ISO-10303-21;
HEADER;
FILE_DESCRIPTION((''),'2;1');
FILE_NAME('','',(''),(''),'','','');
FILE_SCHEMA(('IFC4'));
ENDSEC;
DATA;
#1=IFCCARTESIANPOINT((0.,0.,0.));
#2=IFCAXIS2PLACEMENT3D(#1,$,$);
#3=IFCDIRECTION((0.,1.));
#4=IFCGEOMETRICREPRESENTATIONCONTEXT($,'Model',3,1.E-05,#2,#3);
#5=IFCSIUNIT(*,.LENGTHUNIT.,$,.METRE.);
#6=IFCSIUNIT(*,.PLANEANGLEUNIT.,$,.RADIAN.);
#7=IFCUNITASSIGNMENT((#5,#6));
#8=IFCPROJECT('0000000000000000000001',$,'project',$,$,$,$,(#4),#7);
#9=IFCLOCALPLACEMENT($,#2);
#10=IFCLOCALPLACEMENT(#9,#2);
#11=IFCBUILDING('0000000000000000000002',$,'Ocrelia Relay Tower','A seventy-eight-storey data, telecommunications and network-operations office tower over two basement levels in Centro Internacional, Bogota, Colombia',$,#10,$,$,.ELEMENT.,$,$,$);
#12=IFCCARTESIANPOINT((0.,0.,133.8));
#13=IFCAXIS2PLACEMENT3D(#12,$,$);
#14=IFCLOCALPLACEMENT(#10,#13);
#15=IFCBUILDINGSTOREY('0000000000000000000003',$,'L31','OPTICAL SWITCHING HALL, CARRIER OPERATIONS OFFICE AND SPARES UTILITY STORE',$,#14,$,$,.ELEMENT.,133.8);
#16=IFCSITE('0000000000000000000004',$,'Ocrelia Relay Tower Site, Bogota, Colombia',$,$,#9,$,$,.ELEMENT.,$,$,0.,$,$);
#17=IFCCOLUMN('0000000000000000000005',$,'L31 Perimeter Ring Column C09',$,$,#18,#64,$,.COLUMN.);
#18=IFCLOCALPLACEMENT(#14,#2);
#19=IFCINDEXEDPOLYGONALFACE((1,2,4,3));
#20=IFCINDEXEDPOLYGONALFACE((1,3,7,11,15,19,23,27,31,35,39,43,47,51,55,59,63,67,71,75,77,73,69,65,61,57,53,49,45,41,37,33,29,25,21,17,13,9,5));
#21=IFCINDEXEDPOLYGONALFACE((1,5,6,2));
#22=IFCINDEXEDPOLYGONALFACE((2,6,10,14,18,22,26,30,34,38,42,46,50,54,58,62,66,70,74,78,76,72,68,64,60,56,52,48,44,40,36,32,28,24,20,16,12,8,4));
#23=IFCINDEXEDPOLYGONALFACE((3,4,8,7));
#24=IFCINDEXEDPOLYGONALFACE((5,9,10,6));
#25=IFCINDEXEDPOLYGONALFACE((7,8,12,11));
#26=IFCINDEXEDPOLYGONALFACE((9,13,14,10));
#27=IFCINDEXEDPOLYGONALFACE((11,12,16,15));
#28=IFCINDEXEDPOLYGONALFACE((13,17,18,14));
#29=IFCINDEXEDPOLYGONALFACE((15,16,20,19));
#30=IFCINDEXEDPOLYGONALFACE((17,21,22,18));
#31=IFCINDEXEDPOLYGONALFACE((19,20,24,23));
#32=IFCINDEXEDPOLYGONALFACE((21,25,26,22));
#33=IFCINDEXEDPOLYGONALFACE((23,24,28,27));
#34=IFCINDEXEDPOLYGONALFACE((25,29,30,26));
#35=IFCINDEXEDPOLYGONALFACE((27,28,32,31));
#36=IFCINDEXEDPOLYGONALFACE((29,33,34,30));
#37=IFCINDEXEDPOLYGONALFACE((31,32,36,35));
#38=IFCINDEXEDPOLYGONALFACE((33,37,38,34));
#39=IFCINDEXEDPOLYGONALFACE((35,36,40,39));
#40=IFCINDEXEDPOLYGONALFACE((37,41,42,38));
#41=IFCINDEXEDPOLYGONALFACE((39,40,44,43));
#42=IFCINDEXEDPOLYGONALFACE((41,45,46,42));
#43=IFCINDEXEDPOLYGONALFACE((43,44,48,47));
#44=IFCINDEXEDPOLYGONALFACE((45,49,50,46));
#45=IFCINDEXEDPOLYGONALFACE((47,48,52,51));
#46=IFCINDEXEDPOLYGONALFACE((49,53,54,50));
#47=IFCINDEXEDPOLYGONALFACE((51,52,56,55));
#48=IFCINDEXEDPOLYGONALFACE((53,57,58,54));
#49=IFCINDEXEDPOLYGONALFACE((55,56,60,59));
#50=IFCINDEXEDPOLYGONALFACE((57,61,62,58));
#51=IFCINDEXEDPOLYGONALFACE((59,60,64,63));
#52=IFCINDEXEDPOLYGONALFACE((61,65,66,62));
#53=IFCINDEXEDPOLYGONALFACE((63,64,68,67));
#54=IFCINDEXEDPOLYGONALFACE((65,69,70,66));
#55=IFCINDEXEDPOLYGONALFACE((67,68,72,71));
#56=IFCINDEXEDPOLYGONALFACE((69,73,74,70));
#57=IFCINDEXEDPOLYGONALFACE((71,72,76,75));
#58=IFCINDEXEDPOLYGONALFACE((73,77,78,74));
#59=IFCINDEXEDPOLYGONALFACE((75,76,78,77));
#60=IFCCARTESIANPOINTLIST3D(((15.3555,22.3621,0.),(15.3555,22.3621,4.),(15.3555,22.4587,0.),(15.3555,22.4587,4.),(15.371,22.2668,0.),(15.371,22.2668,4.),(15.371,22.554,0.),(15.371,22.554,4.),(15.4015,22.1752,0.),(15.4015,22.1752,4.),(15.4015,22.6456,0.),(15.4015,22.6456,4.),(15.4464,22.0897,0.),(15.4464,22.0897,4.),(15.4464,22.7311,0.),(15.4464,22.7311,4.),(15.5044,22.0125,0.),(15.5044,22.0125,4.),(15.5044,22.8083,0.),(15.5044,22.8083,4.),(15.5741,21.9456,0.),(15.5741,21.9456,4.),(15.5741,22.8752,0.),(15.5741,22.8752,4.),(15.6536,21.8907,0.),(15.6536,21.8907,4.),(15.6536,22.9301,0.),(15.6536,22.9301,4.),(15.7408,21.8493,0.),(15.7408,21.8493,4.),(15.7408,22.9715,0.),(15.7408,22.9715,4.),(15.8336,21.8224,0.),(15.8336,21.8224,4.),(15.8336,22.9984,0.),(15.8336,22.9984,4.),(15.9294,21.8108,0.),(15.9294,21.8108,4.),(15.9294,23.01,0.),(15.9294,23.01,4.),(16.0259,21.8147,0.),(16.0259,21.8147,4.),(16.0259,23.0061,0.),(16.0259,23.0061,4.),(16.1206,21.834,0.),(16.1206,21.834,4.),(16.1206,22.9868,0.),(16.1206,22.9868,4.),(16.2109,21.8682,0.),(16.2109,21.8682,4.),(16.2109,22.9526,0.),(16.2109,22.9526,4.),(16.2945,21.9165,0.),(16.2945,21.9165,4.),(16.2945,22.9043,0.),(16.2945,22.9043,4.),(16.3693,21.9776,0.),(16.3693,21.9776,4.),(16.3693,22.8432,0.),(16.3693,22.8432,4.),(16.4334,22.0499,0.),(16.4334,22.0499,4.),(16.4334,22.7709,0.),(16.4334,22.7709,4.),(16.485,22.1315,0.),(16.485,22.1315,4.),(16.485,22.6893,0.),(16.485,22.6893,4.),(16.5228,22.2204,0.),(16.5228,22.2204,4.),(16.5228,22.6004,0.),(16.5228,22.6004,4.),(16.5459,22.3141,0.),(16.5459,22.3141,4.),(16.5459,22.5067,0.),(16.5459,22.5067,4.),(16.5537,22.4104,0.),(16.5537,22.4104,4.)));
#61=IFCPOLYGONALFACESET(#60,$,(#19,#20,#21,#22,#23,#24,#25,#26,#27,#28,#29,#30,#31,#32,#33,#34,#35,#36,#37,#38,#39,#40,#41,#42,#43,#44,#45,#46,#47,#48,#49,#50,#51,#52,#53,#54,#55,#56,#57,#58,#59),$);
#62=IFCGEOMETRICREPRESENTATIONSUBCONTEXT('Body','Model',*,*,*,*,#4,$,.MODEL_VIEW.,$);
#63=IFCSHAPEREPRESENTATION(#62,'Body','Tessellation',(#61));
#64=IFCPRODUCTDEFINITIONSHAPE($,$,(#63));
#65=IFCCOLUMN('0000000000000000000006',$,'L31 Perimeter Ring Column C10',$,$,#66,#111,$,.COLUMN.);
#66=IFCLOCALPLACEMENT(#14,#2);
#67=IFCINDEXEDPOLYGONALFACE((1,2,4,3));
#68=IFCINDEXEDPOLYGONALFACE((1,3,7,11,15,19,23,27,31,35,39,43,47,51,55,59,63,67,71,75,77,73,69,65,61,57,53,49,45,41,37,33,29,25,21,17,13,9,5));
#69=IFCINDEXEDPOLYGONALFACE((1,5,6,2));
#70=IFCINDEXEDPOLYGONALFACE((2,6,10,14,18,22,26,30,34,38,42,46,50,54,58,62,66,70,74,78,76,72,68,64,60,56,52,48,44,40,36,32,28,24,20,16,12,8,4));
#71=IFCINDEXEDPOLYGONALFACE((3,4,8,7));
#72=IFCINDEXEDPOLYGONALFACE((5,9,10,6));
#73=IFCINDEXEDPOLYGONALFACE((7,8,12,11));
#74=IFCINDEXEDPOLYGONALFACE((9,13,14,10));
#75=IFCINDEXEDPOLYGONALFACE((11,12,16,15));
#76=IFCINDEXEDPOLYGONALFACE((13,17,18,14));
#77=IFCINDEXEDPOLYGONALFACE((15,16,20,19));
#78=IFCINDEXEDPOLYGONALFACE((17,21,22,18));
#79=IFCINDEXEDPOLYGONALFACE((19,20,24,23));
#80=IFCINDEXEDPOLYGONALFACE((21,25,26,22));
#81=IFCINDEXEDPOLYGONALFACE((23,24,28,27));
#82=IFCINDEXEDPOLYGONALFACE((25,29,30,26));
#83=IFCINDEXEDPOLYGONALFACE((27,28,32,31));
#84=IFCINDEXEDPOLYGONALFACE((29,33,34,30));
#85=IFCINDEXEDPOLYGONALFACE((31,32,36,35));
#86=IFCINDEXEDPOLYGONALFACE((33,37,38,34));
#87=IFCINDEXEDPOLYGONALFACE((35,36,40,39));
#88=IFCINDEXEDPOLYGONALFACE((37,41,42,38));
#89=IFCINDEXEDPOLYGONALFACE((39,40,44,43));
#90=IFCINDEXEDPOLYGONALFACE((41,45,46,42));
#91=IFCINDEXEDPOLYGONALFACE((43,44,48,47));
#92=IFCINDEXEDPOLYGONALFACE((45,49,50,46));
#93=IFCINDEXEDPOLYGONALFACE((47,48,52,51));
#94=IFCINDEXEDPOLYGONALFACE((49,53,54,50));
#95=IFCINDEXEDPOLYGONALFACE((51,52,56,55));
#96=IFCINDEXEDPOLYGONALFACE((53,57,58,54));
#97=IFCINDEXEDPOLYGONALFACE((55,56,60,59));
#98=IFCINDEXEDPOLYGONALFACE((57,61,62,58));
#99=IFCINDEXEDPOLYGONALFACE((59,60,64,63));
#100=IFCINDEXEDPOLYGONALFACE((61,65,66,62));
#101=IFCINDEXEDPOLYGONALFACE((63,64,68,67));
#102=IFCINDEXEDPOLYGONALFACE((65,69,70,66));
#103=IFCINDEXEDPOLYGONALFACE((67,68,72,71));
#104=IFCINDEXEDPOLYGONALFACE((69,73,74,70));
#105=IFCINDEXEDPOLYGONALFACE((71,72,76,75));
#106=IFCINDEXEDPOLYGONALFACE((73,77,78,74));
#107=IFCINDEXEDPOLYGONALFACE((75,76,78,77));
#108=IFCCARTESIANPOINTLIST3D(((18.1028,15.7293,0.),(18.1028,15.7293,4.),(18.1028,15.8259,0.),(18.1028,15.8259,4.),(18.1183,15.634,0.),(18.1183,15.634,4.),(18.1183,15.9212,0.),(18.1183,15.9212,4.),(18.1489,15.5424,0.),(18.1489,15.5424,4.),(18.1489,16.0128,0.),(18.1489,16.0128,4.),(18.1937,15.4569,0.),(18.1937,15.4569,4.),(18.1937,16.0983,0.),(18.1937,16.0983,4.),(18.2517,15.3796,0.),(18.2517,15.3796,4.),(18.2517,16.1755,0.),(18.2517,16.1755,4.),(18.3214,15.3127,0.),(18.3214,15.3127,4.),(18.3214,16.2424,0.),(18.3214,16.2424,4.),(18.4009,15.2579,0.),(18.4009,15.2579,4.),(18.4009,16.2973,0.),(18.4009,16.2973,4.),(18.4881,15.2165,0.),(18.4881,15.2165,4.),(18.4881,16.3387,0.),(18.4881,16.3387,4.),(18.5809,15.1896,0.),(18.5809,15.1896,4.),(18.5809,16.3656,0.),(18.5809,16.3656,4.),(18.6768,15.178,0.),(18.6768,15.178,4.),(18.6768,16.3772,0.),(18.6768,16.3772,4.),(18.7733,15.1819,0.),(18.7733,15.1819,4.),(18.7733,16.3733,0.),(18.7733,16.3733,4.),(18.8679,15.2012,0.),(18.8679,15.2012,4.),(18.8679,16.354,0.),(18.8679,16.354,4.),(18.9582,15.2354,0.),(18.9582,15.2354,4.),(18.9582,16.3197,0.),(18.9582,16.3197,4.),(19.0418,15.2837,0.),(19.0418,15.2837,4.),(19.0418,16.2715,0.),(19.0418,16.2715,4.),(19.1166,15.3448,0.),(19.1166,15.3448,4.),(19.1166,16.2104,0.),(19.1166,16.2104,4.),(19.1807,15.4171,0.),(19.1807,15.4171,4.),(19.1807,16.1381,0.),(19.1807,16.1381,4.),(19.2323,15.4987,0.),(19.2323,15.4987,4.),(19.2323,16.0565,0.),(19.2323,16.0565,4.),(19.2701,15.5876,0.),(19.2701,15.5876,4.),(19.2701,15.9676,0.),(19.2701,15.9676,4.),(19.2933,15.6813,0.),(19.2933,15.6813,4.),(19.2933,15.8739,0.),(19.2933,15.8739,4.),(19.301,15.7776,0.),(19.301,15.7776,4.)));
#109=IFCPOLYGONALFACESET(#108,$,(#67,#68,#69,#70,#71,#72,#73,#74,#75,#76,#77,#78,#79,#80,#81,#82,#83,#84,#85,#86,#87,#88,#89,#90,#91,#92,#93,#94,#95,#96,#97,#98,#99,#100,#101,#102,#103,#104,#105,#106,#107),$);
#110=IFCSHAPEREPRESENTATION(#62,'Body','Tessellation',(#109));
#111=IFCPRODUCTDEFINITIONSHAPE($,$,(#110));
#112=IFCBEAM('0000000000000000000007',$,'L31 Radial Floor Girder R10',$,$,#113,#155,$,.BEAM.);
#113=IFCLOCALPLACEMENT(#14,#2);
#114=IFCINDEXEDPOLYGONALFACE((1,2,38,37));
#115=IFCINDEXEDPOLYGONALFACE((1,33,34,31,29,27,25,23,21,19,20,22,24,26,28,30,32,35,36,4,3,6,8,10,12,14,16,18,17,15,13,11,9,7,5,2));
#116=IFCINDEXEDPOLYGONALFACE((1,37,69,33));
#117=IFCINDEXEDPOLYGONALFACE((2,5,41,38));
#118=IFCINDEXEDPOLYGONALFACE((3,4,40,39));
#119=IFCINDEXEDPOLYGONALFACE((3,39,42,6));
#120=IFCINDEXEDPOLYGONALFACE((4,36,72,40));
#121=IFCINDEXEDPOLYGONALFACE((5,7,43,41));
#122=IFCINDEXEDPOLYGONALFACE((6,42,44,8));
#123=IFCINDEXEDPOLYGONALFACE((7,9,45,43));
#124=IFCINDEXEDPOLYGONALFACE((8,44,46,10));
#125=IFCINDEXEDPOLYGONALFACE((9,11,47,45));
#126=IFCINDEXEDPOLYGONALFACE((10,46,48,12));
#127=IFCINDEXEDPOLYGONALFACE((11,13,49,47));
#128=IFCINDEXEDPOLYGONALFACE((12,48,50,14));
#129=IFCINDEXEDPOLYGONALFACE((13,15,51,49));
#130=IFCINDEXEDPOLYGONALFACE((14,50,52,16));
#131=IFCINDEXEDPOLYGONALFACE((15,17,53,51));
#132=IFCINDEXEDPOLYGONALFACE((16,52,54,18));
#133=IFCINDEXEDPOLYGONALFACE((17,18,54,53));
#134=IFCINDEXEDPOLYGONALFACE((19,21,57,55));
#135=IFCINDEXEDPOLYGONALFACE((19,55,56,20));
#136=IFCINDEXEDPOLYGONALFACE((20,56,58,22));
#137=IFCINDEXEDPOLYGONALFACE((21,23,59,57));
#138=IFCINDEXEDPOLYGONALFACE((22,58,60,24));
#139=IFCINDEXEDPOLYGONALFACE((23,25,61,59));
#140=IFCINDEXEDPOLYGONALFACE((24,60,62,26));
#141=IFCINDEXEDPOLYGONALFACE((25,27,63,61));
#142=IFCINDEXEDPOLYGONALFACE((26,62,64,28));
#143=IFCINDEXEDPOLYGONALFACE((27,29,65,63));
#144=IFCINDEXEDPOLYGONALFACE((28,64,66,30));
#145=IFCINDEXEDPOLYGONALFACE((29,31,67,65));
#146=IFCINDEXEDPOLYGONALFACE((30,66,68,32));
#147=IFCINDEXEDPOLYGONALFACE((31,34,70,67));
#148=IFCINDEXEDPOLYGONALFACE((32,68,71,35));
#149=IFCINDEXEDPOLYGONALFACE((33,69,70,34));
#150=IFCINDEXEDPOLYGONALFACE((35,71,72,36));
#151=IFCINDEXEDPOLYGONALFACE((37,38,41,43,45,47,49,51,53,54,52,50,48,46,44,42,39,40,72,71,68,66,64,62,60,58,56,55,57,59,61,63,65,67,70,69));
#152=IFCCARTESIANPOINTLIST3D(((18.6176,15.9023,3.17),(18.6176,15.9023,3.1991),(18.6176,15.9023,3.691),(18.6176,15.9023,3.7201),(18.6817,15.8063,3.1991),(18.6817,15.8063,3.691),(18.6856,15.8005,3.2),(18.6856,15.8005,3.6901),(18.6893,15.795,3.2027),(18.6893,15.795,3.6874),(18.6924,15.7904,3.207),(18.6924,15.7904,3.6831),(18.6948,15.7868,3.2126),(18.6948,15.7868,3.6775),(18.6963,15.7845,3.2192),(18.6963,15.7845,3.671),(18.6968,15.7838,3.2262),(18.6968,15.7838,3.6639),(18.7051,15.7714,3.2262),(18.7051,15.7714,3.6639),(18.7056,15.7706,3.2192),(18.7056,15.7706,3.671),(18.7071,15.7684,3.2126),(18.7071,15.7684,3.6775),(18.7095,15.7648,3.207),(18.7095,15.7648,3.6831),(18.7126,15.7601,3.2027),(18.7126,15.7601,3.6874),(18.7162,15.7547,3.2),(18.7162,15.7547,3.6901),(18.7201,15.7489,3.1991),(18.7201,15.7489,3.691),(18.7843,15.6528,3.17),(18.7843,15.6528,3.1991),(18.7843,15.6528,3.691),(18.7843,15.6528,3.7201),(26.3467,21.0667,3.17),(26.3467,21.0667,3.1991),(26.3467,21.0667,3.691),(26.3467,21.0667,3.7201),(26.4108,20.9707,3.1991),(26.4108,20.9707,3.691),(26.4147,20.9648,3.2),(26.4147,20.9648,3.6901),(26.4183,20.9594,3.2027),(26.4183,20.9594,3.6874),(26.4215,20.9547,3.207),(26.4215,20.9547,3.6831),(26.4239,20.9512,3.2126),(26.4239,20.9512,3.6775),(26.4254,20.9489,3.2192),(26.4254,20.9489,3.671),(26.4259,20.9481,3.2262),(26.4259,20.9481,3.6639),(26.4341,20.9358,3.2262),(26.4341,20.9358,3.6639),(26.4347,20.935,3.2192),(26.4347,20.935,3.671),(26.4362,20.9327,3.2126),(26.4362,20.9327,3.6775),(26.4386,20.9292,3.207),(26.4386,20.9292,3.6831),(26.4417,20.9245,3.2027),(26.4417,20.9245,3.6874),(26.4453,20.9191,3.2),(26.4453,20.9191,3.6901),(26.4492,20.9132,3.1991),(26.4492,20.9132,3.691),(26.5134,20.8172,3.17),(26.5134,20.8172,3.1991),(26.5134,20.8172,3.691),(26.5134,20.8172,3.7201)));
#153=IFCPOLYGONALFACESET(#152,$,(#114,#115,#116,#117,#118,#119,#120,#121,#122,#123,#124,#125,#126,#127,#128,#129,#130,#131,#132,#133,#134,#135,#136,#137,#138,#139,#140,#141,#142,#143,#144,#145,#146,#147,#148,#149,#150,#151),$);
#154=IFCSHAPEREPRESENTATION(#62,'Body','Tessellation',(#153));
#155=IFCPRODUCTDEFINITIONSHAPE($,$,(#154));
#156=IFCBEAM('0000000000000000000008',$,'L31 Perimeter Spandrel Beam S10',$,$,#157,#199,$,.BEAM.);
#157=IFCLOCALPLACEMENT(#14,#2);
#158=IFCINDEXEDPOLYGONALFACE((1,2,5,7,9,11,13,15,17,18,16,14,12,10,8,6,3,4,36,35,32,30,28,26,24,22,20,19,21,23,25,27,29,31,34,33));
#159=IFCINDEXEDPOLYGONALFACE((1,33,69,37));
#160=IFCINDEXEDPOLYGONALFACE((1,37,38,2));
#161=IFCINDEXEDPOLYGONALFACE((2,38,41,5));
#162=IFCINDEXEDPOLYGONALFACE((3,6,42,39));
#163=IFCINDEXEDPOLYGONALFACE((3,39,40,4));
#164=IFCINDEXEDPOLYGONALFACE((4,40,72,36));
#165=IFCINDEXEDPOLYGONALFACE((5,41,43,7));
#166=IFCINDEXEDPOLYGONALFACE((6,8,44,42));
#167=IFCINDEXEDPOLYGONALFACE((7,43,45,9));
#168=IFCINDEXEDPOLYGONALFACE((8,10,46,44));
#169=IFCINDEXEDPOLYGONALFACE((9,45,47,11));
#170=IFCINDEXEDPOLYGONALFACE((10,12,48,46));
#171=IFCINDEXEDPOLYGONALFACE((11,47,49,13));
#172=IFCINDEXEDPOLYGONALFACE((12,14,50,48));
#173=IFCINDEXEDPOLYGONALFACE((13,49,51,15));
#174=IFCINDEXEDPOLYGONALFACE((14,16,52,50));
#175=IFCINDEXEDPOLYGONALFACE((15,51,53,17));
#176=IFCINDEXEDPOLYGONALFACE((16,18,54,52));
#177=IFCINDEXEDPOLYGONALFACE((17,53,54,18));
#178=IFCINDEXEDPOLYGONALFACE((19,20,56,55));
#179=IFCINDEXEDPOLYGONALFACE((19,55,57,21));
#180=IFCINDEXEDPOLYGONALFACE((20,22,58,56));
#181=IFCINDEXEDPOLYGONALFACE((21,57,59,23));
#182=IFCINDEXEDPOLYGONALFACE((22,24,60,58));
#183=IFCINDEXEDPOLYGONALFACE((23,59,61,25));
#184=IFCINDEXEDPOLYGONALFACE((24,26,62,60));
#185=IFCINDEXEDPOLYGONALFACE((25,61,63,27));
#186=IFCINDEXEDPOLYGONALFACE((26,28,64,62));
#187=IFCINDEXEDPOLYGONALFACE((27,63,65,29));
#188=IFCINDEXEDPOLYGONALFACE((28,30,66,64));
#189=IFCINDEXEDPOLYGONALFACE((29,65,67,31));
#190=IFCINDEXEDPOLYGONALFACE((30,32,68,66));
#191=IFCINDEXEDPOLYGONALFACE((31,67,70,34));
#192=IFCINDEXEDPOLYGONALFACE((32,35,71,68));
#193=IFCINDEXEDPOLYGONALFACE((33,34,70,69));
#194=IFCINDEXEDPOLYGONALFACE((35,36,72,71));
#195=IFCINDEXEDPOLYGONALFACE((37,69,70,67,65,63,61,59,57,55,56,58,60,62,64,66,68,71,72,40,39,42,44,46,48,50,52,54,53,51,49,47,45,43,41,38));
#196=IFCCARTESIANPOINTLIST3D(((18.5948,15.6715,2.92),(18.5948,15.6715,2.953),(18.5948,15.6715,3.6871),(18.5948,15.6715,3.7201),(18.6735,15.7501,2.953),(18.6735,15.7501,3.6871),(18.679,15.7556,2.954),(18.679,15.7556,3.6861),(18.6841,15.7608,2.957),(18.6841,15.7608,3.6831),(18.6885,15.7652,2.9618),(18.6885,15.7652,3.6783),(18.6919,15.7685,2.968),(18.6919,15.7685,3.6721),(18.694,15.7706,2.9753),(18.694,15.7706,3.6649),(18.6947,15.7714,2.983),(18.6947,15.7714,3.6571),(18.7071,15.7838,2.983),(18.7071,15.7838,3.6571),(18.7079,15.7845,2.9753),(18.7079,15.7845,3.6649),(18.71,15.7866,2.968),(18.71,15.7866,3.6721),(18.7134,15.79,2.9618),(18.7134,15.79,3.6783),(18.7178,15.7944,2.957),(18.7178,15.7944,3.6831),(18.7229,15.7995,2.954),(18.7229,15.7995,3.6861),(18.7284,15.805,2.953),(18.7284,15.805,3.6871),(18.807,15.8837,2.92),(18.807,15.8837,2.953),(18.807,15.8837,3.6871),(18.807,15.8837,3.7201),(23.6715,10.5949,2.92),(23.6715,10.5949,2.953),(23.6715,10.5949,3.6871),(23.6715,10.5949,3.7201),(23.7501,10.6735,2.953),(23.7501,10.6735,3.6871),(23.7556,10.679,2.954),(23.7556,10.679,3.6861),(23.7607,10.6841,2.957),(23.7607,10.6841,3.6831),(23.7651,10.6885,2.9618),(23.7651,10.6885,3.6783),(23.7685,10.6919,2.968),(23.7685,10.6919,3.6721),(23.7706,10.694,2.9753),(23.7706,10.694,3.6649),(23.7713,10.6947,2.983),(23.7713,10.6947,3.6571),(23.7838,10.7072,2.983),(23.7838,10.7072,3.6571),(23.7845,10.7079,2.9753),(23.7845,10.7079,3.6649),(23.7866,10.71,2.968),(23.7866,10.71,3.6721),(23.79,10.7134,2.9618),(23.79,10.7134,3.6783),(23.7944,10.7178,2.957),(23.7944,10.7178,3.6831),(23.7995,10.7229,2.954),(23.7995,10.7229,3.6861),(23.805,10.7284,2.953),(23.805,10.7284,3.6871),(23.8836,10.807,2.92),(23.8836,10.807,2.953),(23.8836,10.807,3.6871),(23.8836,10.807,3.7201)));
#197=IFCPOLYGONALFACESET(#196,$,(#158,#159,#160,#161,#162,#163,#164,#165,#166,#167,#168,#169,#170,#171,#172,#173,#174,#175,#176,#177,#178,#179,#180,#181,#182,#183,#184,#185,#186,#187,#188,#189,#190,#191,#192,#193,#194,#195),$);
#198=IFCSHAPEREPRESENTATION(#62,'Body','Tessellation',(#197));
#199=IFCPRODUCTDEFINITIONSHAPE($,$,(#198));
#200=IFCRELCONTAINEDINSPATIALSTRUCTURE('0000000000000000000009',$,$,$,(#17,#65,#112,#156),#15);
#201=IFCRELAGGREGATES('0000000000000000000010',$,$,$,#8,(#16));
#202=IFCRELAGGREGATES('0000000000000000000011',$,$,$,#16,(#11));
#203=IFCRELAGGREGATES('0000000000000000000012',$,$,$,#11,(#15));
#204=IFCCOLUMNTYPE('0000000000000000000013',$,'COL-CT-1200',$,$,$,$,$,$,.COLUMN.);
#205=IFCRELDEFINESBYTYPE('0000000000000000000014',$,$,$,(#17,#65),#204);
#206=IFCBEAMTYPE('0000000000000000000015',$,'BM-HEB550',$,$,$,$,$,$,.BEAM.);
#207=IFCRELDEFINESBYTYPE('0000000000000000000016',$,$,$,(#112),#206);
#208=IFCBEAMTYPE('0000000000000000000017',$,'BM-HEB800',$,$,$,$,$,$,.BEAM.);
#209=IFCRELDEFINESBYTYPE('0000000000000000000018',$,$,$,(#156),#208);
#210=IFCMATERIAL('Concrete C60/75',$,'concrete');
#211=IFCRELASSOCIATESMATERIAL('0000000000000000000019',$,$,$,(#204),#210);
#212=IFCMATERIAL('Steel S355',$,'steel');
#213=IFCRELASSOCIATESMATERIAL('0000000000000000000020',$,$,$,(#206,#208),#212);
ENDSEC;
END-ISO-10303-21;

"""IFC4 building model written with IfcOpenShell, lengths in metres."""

from ifc_helpers import new_model, si_unit, direction, frame, origin, origin_2d, place, context, subcontext, project, spatial, circle, i_section, extrude, material, material_profile, profile_set, type_object, element, save


model = new_model("IFC4")

# Units and contexts
model_context = context("Model", 3, precision=1e-05, world=origin(), true_north=direction((0.0, 1.0)))
body_context = subcontext(model_context, "Body", "Model", "MODEL_VIEW")
ifc_project = project(units=[si_unit("LENGTHUNIT", "METRE"), si_unit("PLANEANGLEUNIT", "RADIAN")], contexts=[model_context])

# Site, building, storey
site_placement = place(None, origin())
site = spatial("IfcSite", under=ifc_project, at=site_placement, Name="Ocrelia Relay Tower Site, Bogota, Colombia", CompositionType="ELEMENT", RefElevation=0.0)
building_placement = place(site_placement, origin())
building = spatial("IfcBuilding", under=site, at=building_placement, Name="Ocrelia Relay Tower", Description="A seventy-eight-storey data, telecommunications and network-operations office tower over two basement levels in Centro Internacional, Bogota, Colombia", CompositionType="ELEMENT")
storey_placement = place(building_placement, frame((0.0, 0.0, 133.8)))
storey = spatial("IfcBuildingStorey", under=building, at=storey_placement, Name="L31", Description="OPTICAL SWITCHING HALL, CARRIER OPERATIONS OFFICE AND SPARES UTILITY STORE", CompositionType="ELEMENT", Elevation=133.8)

# Columns
ifc_material_1 = material(Name="Concrete C60/75", Category="concrete")
ifc_material_profile_1 = material_profile(ifc_material_1, circle(Radius=0.6001, at=origin_2d()), Name="RC-CIR-1200")
ifc_profile_set_1 = profile_set([ifc_material_profile_1], Name="Concrete C60/75")
column_type = type_object("IfcColumnType", Name="COL-CT-1200", PredefinedType="COLUMN", material=ifc_profile_set_1)
for number, where, z_axis, x_axis, name in (
    (1, (15.9536, 22.4104, 0.0), (0.0, 0.0, 1.0), (1.0, 0.0, 0.0), "L31 Perimeter Ring Column C09"),
    (2, (18.7009, 15.7776, 0.0), (0.0, 0.0, 1.0), (1.0, 0.0, 0.0), "L31 Perimeter Ring Column C10"),
):
    element("IfcColumn", number, at=place(storey_placement, frame(where, z_axis=z_axis, x_axis=x_axis)), inside=storey, type_object=column_type, Name=name, PredefinedType="COLUMN", context=body_context, shape_type="SweptSolid", body=[
        extrude(circle(Radius=0.6001, at=origin_2d()), origin(), (0.0, 0.0, 1.0), 4.0),
    ])

# Beams
ifc_material_2 = material(Name="Steel S355", Category="steel")
ifc_material_profile_2 = material_profile(ifc_material_2, i_section(OverallWidth=0.3, OverallDepth=0.55, WebThickness=0.0149, FlangeThickness=0.0291, FilletRadius=0.0271, at=origin_2d()), Name="HEB 550")
ifc_profile_set_2 = profile_set([ifc_material_profile_2], Name="Steel S355")
beam_type_1 = type_object("IfcBeamType", Name="BM-HEB550", PredefinedType="BEAM", material=ifc_profile_set_2)
beam_1_placement = place(storey_placement, frame((18.7009, 15.7776, 3.4451), z_axis=(0.831472, 0.555567, 0.0), x_axis=(-0.555567, 0.831472, 0.0)))
element("IfcBeam", 3, at=beam_1_placement, inside=storey, type_object=beam_type_1, Name="L31 Radial Floor Girder R10", PredefinedType="BEAM", context=body_context, shape_type="SweptSolid", body=[
    extrude(i_section(OverallWidth=0.3, OverallDepth=0.55, WebThickness=0.0149, FlangeThickness=0.0291, FilletRadius=0.0271, at=origin_2d()), origin(), (0.0, 0.0, 1.0), 9.2957),
])
ifc_material_profile_3 = material_profile(ifc_material_2, i_section(OverallWidth=0.3, OverallDepth=0.8, WebThickness=0.0176, FlangeThickness=0.033, FilletRadius=0.03, at=origin_2d()), Name="HEB 800")
ifc_profile_set_3 = profile_set([ifc_material_profile_3], Name="Steel S355")
beam_type_2 = type_object("IfcBeamType", Name="BM-HEB800", PredefinedType="BEAM", material=ifc_profile_set_3)
beam_2_placement = place(storey_placement, frame((18.7009, 15.7776, 3.3201), z_axis=(0.707107, -0.707107, 0.0), x_axis=(0.707107, 0.707107, 0.0)))
element("IfcBeam", 4, at=beam_2_placement, inside=storey, type_object=beam_type_2, Name="L31 Perimeter Spandrel Beam S10", PredefinedType="BEAM", context=body_context, shape_type="SweptSolid", body=[
    extrude(i_section(OverallWidth=0.3, OverallDepth=0.8, WebThickness=0.0176, FlangeThickness=0.033, FilletRadius=0.03, at=origin_2d()), origin(), (0.0, 0.0, 1.0), 7.1794),
])

save(model, "model.ifc")
